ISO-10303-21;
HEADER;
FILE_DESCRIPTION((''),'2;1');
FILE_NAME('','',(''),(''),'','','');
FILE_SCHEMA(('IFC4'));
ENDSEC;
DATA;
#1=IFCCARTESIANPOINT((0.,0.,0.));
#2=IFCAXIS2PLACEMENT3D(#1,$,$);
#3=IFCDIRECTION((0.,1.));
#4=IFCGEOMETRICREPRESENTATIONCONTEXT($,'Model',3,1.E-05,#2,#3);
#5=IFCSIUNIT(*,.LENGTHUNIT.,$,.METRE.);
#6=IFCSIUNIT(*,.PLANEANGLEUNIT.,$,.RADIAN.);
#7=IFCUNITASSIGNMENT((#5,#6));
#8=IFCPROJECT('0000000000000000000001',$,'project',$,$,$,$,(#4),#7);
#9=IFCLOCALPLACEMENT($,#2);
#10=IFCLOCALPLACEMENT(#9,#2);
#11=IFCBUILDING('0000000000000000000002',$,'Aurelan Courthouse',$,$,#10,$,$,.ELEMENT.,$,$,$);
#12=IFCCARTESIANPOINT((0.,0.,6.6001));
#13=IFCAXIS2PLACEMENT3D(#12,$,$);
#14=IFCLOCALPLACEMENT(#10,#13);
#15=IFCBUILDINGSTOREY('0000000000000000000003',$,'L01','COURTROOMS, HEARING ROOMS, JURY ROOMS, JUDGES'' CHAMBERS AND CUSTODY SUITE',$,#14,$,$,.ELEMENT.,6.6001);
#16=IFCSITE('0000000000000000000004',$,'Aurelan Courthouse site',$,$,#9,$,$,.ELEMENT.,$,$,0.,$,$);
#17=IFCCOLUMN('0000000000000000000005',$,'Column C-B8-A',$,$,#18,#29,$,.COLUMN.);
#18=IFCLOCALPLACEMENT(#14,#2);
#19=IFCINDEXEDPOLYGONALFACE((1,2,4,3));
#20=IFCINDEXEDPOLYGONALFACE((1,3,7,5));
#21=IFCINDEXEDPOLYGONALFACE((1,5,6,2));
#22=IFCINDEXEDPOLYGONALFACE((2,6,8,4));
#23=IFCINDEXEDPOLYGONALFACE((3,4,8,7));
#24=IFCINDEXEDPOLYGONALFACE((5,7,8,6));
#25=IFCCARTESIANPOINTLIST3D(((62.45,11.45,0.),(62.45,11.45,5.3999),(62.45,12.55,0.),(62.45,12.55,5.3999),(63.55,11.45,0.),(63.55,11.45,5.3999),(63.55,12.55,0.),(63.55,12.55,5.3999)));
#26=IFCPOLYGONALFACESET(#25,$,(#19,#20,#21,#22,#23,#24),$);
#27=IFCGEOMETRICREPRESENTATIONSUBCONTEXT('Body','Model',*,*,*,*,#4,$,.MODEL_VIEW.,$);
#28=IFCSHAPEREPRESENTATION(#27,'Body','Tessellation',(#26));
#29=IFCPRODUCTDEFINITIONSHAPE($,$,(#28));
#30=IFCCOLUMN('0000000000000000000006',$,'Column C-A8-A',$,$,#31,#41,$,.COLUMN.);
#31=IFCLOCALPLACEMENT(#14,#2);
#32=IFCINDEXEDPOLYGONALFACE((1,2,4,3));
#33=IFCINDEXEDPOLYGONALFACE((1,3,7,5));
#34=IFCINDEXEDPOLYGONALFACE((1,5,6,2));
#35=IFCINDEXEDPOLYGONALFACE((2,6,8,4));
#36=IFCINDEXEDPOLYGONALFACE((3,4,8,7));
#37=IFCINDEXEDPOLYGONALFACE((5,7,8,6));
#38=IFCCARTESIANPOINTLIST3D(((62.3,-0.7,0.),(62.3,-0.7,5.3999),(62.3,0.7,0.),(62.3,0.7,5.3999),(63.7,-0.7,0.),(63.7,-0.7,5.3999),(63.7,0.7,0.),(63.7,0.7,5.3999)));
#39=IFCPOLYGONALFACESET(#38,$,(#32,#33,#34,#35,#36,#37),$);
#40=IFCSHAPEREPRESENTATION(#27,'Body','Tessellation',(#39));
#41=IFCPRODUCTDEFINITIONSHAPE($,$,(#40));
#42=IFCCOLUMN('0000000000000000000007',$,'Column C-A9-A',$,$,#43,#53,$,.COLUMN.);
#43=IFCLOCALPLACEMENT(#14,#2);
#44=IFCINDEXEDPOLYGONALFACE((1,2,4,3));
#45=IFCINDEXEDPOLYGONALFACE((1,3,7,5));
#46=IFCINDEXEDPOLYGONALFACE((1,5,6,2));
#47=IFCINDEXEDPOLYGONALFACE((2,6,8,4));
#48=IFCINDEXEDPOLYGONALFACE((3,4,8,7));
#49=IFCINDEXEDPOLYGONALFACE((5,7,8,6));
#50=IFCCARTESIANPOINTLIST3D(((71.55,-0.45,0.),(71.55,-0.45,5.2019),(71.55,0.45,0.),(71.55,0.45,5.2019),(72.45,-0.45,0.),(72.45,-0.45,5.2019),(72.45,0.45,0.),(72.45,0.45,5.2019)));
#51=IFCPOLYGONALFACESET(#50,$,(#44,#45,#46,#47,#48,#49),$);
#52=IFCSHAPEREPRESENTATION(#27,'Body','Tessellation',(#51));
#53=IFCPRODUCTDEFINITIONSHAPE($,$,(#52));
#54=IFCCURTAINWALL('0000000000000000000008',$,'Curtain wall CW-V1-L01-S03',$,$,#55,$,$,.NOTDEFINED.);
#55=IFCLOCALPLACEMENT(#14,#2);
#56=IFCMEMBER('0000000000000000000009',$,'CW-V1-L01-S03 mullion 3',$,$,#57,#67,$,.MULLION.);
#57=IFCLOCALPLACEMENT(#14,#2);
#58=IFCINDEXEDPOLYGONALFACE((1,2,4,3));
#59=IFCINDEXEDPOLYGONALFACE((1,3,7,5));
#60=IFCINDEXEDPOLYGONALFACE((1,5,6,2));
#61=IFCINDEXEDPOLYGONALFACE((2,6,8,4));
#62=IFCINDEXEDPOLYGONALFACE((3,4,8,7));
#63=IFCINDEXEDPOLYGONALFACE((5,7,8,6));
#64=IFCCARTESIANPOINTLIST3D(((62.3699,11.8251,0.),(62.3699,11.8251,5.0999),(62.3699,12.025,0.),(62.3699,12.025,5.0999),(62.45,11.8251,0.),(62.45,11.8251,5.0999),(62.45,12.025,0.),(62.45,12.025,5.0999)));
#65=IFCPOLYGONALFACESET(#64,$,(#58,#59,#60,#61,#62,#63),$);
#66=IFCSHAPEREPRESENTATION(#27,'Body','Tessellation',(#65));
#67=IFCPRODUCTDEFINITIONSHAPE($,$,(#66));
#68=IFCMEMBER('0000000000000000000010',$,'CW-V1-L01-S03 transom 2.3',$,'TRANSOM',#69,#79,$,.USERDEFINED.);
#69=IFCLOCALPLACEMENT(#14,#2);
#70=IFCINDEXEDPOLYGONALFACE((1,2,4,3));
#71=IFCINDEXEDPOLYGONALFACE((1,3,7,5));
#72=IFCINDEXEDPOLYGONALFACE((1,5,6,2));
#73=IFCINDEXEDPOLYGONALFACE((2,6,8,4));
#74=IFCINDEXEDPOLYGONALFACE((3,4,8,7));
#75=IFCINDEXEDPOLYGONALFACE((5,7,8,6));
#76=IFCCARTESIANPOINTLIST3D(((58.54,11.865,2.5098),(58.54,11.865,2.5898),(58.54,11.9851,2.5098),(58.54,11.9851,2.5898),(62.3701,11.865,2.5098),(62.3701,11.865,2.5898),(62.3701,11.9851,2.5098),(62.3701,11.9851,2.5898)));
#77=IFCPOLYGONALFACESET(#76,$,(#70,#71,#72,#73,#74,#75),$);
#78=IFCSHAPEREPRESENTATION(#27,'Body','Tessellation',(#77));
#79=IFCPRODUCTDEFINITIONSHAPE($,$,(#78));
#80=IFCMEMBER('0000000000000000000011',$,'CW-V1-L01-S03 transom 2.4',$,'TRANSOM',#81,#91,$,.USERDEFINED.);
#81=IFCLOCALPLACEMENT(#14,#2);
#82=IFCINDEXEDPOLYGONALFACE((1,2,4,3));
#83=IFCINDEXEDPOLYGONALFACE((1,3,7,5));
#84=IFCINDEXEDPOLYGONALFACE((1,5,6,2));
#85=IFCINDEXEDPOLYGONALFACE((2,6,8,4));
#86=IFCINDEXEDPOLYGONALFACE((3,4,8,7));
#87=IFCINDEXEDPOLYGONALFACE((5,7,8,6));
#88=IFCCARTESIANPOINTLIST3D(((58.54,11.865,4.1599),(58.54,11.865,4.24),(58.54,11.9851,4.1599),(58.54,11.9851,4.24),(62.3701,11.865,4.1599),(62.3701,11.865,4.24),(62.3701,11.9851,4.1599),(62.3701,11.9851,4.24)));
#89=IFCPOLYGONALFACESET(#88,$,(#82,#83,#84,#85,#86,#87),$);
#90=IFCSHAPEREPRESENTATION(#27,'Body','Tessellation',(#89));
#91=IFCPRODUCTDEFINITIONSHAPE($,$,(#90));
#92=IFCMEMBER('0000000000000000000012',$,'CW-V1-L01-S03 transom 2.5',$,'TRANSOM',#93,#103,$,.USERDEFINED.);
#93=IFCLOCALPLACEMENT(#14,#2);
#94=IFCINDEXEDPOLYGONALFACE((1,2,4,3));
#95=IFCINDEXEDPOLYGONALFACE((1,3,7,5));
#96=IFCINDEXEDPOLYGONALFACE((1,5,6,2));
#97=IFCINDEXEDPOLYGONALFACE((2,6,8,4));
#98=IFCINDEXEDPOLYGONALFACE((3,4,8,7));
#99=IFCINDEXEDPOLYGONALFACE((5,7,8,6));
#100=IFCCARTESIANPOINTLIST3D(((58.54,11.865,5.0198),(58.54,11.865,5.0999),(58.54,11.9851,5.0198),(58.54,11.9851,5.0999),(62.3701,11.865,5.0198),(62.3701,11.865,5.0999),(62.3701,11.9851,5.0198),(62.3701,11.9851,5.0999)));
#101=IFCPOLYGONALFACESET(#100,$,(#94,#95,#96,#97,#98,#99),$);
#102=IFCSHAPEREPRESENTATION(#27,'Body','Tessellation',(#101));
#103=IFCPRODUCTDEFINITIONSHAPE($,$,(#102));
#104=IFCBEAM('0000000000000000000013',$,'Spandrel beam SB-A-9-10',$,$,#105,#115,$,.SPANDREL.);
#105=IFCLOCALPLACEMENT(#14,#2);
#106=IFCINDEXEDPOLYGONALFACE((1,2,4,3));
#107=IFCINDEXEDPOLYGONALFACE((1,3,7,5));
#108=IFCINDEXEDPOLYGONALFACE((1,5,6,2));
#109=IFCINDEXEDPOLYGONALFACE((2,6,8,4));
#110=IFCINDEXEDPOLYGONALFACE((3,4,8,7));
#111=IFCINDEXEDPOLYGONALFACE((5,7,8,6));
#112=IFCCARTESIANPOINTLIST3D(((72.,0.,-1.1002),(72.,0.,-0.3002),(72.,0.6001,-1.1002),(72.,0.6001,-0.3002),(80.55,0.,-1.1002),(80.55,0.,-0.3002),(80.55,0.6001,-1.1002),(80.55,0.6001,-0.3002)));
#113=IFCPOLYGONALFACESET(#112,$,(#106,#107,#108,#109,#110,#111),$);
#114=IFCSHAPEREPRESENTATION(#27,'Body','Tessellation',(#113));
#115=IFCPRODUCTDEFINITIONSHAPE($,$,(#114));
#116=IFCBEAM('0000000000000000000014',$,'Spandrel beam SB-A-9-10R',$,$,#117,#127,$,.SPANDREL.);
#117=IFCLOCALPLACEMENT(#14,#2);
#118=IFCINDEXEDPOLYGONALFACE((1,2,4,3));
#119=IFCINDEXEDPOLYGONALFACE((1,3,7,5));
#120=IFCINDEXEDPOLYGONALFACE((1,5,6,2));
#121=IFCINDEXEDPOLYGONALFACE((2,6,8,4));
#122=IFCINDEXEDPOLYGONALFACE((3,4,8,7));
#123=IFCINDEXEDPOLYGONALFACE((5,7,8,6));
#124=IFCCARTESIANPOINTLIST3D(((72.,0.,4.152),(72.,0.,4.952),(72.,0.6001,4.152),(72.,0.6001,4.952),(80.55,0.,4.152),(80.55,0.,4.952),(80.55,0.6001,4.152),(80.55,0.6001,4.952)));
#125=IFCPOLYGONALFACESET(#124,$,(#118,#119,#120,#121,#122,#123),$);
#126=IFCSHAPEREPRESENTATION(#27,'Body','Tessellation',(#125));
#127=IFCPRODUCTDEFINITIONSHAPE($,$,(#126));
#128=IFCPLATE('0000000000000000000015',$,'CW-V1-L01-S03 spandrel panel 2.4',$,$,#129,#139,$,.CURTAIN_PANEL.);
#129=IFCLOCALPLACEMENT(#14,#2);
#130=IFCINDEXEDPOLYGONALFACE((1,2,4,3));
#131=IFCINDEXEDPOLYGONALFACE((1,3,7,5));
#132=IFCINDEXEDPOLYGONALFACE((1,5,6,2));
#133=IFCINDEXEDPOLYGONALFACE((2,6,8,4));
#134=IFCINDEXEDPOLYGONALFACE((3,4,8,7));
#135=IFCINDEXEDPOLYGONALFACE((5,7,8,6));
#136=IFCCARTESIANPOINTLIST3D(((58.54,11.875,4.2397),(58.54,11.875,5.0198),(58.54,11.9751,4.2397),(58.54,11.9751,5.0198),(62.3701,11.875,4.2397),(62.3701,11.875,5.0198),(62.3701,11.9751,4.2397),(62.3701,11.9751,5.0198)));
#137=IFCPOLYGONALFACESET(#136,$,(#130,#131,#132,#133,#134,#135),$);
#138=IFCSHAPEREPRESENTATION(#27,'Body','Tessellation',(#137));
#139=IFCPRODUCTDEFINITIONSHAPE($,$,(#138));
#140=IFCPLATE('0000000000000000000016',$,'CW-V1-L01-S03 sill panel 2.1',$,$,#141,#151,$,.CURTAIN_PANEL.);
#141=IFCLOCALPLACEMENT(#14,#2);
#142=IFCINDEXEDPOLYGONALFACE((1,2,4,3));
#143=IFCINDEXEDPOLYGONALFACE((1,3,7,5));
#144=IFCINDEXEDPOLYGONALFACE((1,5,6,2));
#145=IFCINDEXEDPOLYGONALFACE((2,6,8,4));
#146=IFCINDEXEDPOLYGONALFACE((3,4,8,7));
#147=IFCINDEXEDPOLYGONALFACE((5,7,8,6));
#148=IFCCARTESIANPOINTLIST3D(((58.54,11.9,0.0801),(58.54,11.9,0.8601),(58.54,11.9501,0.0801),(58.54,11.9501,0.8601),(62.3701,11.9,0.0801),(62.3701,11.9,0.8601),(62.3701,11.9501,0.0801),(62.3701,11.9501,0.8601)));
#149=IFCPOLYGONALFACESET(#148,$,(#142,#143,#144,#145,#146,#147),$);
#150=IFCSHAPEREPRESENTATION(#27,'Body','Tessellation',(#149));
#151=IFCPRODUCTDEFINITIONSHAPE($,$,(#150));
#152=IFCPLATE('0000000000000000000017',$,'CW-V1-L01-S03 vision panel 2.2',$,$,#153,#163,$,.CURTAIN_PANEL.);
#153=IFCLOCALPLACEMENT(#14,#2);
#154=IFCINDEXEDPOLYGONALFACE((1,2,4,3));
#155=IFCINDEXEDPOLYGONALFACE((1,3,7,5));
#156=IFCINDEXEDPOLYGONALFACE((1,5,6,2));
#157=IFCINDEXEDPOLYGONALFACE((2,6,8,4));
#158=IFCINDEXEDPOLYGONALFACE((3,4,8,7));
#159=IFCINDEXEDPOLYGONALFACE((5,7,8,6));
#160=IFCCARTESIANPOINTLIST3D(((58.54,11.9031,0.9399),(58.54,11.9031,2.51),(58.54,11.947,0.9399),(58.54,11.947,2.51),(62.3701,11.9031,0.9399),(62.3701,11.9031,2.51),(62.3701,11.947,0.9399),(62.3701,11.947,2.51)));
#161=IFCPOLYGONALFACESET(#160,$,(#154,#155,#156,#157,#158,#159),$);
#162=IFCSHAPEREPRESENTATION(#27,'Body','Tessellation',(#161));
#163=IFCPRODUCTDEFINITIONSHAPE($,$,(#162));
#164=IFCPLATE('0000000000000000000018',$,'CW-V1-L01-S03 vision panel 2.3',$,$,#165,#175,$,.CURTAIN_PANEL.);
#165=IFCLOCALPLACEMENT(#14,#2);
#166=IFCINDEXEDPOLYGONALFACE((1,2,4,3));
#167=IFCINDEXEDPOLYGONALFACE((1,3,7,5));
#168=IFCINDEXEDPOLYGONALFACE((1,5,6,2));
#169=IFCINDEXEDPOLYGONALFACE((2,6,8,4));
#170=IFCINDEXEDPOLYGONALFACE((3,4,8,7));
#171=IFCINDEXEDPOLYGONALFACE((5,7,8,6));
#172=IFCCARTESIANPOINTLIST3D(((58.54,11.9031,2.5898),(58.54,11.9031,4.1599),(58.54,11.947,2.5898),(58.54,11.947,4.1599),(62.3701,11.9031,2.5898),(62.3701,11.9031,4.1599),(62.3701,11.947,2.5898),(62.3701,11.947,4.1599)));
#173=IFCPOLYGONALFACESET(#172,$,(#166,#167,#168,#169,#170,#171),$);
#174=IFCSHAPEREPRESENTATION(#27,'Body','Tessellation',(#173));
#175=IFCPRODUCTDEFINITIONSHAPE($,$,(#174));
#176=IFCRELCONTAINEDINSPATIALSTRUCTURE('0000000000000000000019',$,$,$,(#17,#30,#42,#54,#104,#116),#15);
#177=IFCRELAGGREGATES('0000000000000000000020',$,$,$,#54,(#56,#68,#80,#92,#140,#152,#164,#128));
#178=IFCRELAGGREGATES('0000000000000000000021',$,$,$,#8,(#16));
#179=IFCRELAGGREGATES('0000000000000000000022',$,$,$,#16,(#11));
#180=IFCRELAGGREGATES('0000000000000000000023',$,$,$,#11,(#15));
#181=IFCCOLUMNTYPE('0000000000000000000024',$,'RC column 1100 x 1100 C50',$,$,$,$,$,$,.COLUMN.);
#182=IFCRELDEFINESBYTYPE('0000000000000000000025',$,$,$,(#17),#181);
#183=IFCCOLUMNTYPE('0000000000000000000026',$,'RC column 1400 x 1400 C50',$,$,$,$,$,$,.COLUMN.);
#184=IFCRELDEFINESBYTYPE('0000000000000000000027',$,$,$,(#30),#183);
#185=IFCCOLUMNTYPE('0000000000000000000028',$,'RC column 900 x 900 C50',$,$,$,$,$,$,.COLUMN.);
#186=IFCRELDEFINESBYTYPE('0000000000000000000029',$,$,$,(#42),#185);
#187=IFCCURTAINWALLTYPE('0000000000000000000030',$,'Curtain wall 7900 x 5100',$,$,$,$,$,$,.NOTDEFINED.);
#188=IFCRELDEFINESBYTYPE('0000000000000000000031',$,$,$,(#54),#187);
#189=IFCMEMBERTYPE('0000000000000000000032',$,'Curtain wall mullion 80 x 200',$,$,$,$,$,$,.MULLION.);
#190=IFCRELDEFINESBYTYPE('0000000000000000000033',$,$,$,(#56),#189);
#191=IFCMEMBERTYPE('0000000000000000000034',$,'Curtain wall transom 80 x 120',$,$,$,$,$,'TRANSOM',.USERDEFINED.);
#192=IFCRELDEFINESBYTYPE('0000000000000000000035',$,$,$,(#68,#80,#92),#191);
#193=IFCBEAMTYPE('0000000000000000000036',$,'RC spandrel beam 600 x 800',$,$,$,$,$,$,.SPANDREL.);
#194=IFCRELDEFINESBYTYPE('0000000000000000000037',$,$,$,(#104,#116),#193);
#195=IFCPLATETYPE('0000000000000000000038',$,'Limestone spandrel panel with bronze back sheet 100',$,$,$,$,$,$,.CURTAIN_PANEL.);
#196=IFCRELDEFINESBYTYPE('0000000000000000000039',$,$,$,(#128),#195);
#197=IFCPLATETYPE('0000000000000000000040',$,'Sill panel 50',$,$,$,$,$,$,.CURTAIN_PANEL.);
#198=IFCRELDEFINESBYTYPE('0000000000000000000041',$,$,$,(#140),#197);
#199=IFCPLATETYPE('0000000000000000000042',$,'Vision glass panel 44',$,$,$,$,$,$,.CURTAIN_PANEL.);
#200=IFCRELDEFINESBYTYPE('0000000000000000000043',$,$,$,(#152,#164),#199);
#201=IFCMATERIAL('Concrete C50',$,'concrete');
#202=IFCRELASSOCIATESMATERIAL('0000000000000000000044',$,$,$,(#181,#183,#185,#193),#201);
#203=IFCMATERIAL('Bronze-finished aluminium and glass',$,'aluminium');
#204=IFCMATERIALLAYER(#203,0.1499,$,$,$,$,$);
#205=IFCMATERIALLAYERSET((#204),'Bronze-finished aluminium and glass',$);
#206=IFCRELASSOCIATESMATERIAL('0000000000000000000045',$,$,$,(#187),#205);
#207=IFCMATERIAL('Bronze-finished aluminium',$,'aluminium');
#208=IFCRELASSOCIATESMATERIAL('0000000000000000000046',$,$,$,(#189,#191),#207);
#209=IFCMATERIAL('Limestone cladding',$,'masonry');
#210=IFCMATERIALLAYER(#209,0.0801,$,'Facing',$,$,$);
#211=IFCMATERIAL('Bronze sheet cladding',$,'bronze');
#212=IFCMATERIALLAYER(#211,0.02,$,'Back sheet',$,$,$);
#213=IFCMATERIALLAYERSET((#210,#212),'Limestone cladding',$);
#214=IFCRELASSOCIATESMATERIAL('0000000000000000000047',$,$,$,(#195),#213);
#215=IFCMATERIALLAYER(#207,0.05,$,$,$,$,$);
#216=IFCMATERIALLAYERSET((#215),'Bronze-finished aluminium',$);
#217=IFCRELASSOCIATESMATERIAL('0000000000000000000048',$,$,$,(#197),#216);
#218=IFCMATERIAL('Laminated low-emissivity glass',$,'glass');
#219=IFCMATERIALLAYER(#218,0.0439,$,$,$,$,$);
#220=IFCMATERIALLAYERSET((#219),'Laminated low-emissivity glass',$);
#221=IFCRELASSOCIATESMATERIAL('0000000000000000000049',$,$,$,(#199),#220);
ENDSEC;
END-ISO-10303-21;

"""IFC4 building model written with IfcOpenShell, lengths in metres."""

from ifc_helpers import new_model, si_unit, direction, frame, origin, origin_2d, place, context, subcontext, project, spatial, rectangle, extrude, material, layer, layer_set, material_profile, profile_set, type_object, element, aggregate, save


model = new_model("IFC4")

# Units and contexts
model_context = context("Model", 3, precision=1e-05, world=origin(), true_north=direction((0.0, 1.0)))
body_context = subcontext(model_context, "Body", "Model", "MODEL_VIEW")
ifc_project = project(units=[si_unit("LENGTHUNIT", "METRE"), si_unit("PLANEANGLEUNIT", "RADIAN")], contexts=[model_context])

# Site, building, storey
site_placement = place(None, origin())
site = spatial("IfcSite", under=ifc_project, at=site_placement, Name="Aurelan Courthouse site", CompositionType="ELEMENT", RefElevation=0.0)
building_placement = place(site_placement, origin())
building = spatial("IfcBuilding", under=site, at=building_placement, Name="Aurelan Courthouse", CompositionType="ELEMENT")
storey_placement = place(building_placement, frame((0.0, 0.0, 6.6001)))
storey = spatial("IfcBuildingStorey", under=building, at=storey_placement, Name="L01", Description="COURTROOMS, HEARING ROOMS, JURY ROOMS, JUDGES' CHAMBERS AND CUSTODY SUITE", CompositionType="ELEMENT", Elevation=6.6001)

# Columns
ifc_material_1 = material(Name="Concrete C50", Category="concrete")
ifc_material_profile_1 = material_profile(ifc_material_1, rectangle(XDim=1.1001, YDim=1.1001, at=origin_2d()), Name="RC 1100 x 1100")
ifc_profile_set_1 = profile_set([ifc_material_profile_1], Name="Concrete C50")
column_type_1 = type_object("IfcColumnType", Name="RC column 1100 x 1100 C50", PredefinedType="COLUMN", material=ifc_profile_set_1)
column_1_placement = place(storey_placement, frame((63.0, 12.0, 0.0), z_axis=(0.0, 0.0, 1.0), x_axis=(1.0, 0.0, 0.0)))
element("IfcColumn", 1, at=column_1_placement, inside=storey, type_object=column_type_1, Name="Column C-B8-A", PredefinedType="COLUMN", context=body_context, shape_type="SweptSolid", body=[
    extrude(rectangle(XDim=1.1001, YDim=1.1001, at=origin_2d()), origin(), (0.0, 0.0, 1.0), 5.3999),
])
ifc_material_profile_2 = material_profile(ifc_material_1, rectangle(XDim=1.3999, YDim=1.3999, at=origin_2d()), Name="RC 1400 x 1400")
ifc_profile_set_2 = profile_set([ifc_material_profile_2], Name="Concrete C50")
column_type_2 = type_object("IfcColumnType", Name="RC column 1400 x 1400 C50", PredefinedType="COLUMN", material=ifc_profile_set_2)
column_2_placement = place(storey_placement, frame((63.0, 0.0, 0.0), z_axis=(0.0, 0.0, 1.0), x_axis=(1.0, 0.0, 0.0)))
element("IfcColumn", 2, at=column_2_placement, inside=storey, type_object=column_type_2, Name="Column C-A8-A", PredefinedType="COLUMN", context=body_context, shape_type="SweptSolid", body=[
    extrude(rectangle(XDim=1.3999, YDim=1.3999, at=origin_2d()), origin(), (0.0, 0.0, 1.0), 5.3999),
])
ifc_material_profile_3 = material_profile(ifc_material_1, rectangle(XDim=0.8999, YDim=0.8999, at=origin_2d()), Name="RC 900 x 900")
ifc_profile_set_3 = profile_set([ifc_material_profile_3], Name="Concrete C50")
column_type_3 = type_object("IfcColumnType", Name="RC column 900 x 900 C50", PredefinedType="COLUMN", material=ifc_profile_set_3)
column_3_placement = place(storey_placement, frame((72.0, 0.0, 0.0), z_axis=(0.0, 0.0, 1.0), x_axis=(1.0, 0.0, 0.0)))
element("IfcColumn", 3, at=column_3_placement, inside=storey, type_object=column_type_3, Name="Column C-A9-A", PredefinedType="COLUMN", context=body_context, shape_type="SweptSolid", body=[
    extrude(rectangle(XDim=0.8999, YDim=0.8999, at=origin_2d()), origin(), (0.0, 0.0, 1.0), 5.2019),
])

# Curtain wall, members
ifc_material_2 = material(Name="Bronze-finished aluminium and glass", Category="aluminium")
ifc_layer_1 = layer(ifc_material_2, 0.1499)
ifc_layer_set_1 = layer_set([ifc_layer_1], Name="Bronze-finished aluminium and glass")
curtain_wall_type = type_object("IfcCurtainWallType", Name="Curtain wall 7900 x 5100", PredefinedType="NOTDEFINED", material=ifc_layer_set_1)
curtain_wall_placement = place(storey_placement, origin())
curtain_wall = element("IfcCurtainWall", 4, at=curtain_wall_placement, inside=storey, type_object=curtain_wall_type, Name="Curtain wall CW-V1-L01-S03", PredefinedType="NOTDEFINED")
ifc_material_3 = material(Name="Bronze-finished aluminium", Category="aluminium")
ifc_material_profile_4 = material_profile(ifc_material_3, rectangle(XDim=0.2, YDim=0.0801, at=origin_2d()), Name="Bronze mullion 80 x 200")
ifc_profile_set_4 = profile_set([ifc_material_profile_4], Name="Bronze-finished aluminium")
member_type_1 = type_object("IfcMemberType", Name="Curtain wall mullion 80 x 200", PredefinedType="MULLION", material=ifc_profile_set_4)
member_1_placement = place(storey_placement, frame((62.4099, 11.925, 0.0), z_axis=(0.0, 0.0, 1.0), x_axis=(0.0, 1.0, 0.0)))
member_1 = element("IfcMember", 5, at=member_1_placement, type_object=member_type_1, Name="CW-V1-L01-S03 mullion 3", PredefinedType="MULLION", context=body_context, shape_type="SweptSolid", body=[
    extrude(rectangle(XDim=0.2, YDim=0.0801, at=origin_2d()), origin(), (0.0, 0.0, 1.0), 5.0999),
])
ifc_material_profile_5 = material_profile(ifc_material_3, rectangle(XDim=0.1201, YDim=0.0801, at=origin_2d()), Name="Bronze transom 80 x 120")
ifc_profile_set_5 = profile_set([ifc_material_profile_5], Name="Bronze-finished aluminium")
member_type_2 = type_object("IfcMemberType", Name="Curtain wall transom 80 x 120", ElementType="TRANSOM", PredefinedType="USERDEFINED", material=ifc_profile_set_5)
member_2_placement = place(storey_placement, frame((58.54, 11.925, 2.5498), z_axis=(1.0, 0.0, 0.0), x_axis=(0.0, 1.0, 0.0)))
member_2 = element("IfcMember", 6, at=member_2_placement, type_object=member_type_2, Name="CW-V1-L01-S03 transom 2.3", ObjectType="TRANSOM", PredefinedType="USERDEFINED", context=body_context, shape_type="SweptSolid", body=[
    extrude(rectangle(XDim=0.1201, YDim=0.0801, at=origin_2d()), origin(), (0.0, 0.0, 1.0), 3.8301),
])
member_3_placement = place(storey_placement, frame((58.54, 11.925, 4.2), z_axis=(1.0, 0.0, 0.0), x_axis=(0.0, 1.0, 0.0)))
member_3 = element("IfcMember", 7, at=member_3_placement, type_object=member_type_2, Name="CW-V1-L01-S03 transom 2.4", ObjectType="TRANSOM", PredefinedType="USERDEFINED", context=body_context, shape_type="SweptSolid", body=[
    extrude(rectangle(XDim=0.1201, YDim=0.0801, at=origin_2d()), origin(), (0.0, 0.0, 1.0), 3.8301),
])
member_4_placement = place(storey_placement, frame((58.54, 11.925, 5.0598), z_axis=(1.0, 0.0, 0.0), x_axis=(0.0, 1.0, 0.0)))
member_4 = element("IfcMember", 8, at=member_4_placement, type_object=member_type_2, Name="CW-V1-L01-S03 transom 2.5", ObjectType="TRANSOM", PredefinedType="USERDEFINED", context=body_context, shape_type="SweptSolid", body=[
    extrude(rectangle(XDim=0.1201, YDim=0.0801, at=origin_2d()), origin(), (0.0, 0.0, 1.0), 3.8301),
])

# Beams
ifc_material_profile_6 = material_profile(ifc_material_1, rectangle(XDim=0.6001, YDim=0.8, at=origin_2d()), Name="RC 600 x 800")
ifc_profile_set_6 = profile_set([ifc_material_profile_6], Name="Concrete C50")
beam_type = type_object("IfcBeamType", Name="RC spandrel beam 600 x 800", PredefinedType="SPANDREL", material=ifc_profile_set_6)
for number, where, z_axis, x_axis, name in (
    (9, (72.0, 0.3, -0.7002), (1.0, 0.0, 0.0), (0.0, 1.0, 0.0), "Spandrel beam SB-A-9-10"),
    (10, (72.0, 0.3, 4.552), (1.0, 0.0, 0.0), (0.0, 1.0, 0.0), "Spandrel beam SB-A-9-10R"),
):
    element("IfcBeam", number, at=place(storey_placement, frame(where, z_axis=z_axis, x_axis=x_axis)), inside=storey, type_object=beam_type, Name=name, PredefinedType="SPANDREL", context=body_context, shape_type="SweptSolid", body=[
        extrude(rectangle(XDim=0.6001, YDim=0.8, at=origin_2d()), origin(), (0.0, 0.0, 1.0), 8.55),
    ])

# Plates
ifc_material_4 = material(Name="Limestone cladding", Category="masonry")
ifc_layer_2 = layer(ifc_material_4, 0.0801, Name="Facing")
ifc_material_5 = material(Name="Bronze sheet cladding", Category="bronze")
ifc_layer_3 = layer(ifc_material_5, 0.02, Name="Back sheet")
ifc_layer_set_2 = layer_set([ifc_layer_2, ifc_layer_3], Name="Limestone cladding")
plate_type_1 = type_object("IfcPlateType", Name="Limestone spandrel panel with bronze back sheet 100", PredefinedType="CURTAIN_PANEL", material=ifc_layer_set_2)
plate_1_placement = place(storey_placement, frame((60.4551, 11.925, 4.2397), z_axis=(0.0, 0.0, 1.0), x_axis=(1.0, 0.0, 0.0)))
plate_1 = element("IfcPlate", 11, at=plate_1_placement, type_object=plate_type_1, Name="CW-V1-L01-S03 spandrel panel 2.4", PredefinedType="CURTAIN_PANEL", context=body_context, shape_type="SweptSolid", body=[
    extrude(rectangle(XDim=3.8301, YDim=0.1001, at=origin_2d()), origin(), (0.0, 0.0, 1.0), 0.78),
])
ifc_layer_4 = layer(ifc_material_3, 0.05)
ifc_layer_set_3 = layer_set([ifc_layer_4], Name="Bronze-finished aluminium")
plate_type_2 = type_object("IfcPlateType", Name="Sill panel 50", PredefinedType="CURTAIN_PANEL", material=ifc_layer_set_3)
plate_2_placement = place(storey_placement, frame((60.4551, 11.925, 0.0801), z_axis=(0.0, 0.0, 1.0), x_axis=(1.0, 0.0, 0.0)))
plate_2 = element("IfcPlate", 12, at=plate_2_placement, type_object=plate_type_2, Name="CW-V1-L01-S03 sill panel 2.1", PredefinedType="CURTAIN_PANEL", context=body_context, shape_type="SweptSolid", body=[
    extrude(rectangle(XDim=3.8301, YDim=0.05, at=origin_2d()), origin(), (0.0, 0.0, 1.0), 0.78),
])
ifc_material_6 = material(Name="Laminated low-emissivity glass", Category="glass")
ifc_layer_5 = layer(ifc_material_6, 0.0439)
ifc_layer_set_4 = layer_set([ifc_layer_5], Name="Laminated low-emissivity glass")
plate_type_3 = type_object("IfcPlateType", Name="Vision glass panel 44", PredefinedType="CURTAIN_PANEL", material=ifc_layer_set_4)
plate_3_placement = place(storey_placement, frame((60.4551, 11.925, 0.9399), z_axis=(0.0, 0.0, 1.0), x_axis=(1.0, 0.0, 0.0)))
plate_3 = element("IfcPlate", 13, at=plate_3_placement, type_object=plate_type_3, Name="CW-V1-L01-S03 vision panel 2.2", PredefinedType="CURTAIN_PANEL", context=body_context, shape_type="SweptSolid", body=[
    extrude(rectangle(XDim=3.8301, YDim=0.0439, at=origin_2d()), origin(), (0.0, 0.0, 1.0), 1.5701),
])
plate_4_placement = place(storey_placement, frame((60.4551, 11.925, 2.5898), z_axis=(0.0, 0.0, 1.0), x_axis=(1.0, 0.0, 0.0)))
plate_4 = element("IfcPlate", 14, at=plate_4_placement, type_object=plate_type_3, Name="CW-V1-L01-S03 vision panel 2.3", PredefinedType="CURTAIN_PANEL", context=body_context, shape_type="SweptSolid", body=[
    extrude(rectangle(XDim=3.8301, YDim=0.0439, at=origin_2d()), origin(), (0.0, 0.0, 1.0), 1.5701),
])
aggregate(curtain_wall, [member_1, member_2, member_3, member_4, plate_2, plate_3, plate_4, plate_1])

save(model, "model.ifc")
